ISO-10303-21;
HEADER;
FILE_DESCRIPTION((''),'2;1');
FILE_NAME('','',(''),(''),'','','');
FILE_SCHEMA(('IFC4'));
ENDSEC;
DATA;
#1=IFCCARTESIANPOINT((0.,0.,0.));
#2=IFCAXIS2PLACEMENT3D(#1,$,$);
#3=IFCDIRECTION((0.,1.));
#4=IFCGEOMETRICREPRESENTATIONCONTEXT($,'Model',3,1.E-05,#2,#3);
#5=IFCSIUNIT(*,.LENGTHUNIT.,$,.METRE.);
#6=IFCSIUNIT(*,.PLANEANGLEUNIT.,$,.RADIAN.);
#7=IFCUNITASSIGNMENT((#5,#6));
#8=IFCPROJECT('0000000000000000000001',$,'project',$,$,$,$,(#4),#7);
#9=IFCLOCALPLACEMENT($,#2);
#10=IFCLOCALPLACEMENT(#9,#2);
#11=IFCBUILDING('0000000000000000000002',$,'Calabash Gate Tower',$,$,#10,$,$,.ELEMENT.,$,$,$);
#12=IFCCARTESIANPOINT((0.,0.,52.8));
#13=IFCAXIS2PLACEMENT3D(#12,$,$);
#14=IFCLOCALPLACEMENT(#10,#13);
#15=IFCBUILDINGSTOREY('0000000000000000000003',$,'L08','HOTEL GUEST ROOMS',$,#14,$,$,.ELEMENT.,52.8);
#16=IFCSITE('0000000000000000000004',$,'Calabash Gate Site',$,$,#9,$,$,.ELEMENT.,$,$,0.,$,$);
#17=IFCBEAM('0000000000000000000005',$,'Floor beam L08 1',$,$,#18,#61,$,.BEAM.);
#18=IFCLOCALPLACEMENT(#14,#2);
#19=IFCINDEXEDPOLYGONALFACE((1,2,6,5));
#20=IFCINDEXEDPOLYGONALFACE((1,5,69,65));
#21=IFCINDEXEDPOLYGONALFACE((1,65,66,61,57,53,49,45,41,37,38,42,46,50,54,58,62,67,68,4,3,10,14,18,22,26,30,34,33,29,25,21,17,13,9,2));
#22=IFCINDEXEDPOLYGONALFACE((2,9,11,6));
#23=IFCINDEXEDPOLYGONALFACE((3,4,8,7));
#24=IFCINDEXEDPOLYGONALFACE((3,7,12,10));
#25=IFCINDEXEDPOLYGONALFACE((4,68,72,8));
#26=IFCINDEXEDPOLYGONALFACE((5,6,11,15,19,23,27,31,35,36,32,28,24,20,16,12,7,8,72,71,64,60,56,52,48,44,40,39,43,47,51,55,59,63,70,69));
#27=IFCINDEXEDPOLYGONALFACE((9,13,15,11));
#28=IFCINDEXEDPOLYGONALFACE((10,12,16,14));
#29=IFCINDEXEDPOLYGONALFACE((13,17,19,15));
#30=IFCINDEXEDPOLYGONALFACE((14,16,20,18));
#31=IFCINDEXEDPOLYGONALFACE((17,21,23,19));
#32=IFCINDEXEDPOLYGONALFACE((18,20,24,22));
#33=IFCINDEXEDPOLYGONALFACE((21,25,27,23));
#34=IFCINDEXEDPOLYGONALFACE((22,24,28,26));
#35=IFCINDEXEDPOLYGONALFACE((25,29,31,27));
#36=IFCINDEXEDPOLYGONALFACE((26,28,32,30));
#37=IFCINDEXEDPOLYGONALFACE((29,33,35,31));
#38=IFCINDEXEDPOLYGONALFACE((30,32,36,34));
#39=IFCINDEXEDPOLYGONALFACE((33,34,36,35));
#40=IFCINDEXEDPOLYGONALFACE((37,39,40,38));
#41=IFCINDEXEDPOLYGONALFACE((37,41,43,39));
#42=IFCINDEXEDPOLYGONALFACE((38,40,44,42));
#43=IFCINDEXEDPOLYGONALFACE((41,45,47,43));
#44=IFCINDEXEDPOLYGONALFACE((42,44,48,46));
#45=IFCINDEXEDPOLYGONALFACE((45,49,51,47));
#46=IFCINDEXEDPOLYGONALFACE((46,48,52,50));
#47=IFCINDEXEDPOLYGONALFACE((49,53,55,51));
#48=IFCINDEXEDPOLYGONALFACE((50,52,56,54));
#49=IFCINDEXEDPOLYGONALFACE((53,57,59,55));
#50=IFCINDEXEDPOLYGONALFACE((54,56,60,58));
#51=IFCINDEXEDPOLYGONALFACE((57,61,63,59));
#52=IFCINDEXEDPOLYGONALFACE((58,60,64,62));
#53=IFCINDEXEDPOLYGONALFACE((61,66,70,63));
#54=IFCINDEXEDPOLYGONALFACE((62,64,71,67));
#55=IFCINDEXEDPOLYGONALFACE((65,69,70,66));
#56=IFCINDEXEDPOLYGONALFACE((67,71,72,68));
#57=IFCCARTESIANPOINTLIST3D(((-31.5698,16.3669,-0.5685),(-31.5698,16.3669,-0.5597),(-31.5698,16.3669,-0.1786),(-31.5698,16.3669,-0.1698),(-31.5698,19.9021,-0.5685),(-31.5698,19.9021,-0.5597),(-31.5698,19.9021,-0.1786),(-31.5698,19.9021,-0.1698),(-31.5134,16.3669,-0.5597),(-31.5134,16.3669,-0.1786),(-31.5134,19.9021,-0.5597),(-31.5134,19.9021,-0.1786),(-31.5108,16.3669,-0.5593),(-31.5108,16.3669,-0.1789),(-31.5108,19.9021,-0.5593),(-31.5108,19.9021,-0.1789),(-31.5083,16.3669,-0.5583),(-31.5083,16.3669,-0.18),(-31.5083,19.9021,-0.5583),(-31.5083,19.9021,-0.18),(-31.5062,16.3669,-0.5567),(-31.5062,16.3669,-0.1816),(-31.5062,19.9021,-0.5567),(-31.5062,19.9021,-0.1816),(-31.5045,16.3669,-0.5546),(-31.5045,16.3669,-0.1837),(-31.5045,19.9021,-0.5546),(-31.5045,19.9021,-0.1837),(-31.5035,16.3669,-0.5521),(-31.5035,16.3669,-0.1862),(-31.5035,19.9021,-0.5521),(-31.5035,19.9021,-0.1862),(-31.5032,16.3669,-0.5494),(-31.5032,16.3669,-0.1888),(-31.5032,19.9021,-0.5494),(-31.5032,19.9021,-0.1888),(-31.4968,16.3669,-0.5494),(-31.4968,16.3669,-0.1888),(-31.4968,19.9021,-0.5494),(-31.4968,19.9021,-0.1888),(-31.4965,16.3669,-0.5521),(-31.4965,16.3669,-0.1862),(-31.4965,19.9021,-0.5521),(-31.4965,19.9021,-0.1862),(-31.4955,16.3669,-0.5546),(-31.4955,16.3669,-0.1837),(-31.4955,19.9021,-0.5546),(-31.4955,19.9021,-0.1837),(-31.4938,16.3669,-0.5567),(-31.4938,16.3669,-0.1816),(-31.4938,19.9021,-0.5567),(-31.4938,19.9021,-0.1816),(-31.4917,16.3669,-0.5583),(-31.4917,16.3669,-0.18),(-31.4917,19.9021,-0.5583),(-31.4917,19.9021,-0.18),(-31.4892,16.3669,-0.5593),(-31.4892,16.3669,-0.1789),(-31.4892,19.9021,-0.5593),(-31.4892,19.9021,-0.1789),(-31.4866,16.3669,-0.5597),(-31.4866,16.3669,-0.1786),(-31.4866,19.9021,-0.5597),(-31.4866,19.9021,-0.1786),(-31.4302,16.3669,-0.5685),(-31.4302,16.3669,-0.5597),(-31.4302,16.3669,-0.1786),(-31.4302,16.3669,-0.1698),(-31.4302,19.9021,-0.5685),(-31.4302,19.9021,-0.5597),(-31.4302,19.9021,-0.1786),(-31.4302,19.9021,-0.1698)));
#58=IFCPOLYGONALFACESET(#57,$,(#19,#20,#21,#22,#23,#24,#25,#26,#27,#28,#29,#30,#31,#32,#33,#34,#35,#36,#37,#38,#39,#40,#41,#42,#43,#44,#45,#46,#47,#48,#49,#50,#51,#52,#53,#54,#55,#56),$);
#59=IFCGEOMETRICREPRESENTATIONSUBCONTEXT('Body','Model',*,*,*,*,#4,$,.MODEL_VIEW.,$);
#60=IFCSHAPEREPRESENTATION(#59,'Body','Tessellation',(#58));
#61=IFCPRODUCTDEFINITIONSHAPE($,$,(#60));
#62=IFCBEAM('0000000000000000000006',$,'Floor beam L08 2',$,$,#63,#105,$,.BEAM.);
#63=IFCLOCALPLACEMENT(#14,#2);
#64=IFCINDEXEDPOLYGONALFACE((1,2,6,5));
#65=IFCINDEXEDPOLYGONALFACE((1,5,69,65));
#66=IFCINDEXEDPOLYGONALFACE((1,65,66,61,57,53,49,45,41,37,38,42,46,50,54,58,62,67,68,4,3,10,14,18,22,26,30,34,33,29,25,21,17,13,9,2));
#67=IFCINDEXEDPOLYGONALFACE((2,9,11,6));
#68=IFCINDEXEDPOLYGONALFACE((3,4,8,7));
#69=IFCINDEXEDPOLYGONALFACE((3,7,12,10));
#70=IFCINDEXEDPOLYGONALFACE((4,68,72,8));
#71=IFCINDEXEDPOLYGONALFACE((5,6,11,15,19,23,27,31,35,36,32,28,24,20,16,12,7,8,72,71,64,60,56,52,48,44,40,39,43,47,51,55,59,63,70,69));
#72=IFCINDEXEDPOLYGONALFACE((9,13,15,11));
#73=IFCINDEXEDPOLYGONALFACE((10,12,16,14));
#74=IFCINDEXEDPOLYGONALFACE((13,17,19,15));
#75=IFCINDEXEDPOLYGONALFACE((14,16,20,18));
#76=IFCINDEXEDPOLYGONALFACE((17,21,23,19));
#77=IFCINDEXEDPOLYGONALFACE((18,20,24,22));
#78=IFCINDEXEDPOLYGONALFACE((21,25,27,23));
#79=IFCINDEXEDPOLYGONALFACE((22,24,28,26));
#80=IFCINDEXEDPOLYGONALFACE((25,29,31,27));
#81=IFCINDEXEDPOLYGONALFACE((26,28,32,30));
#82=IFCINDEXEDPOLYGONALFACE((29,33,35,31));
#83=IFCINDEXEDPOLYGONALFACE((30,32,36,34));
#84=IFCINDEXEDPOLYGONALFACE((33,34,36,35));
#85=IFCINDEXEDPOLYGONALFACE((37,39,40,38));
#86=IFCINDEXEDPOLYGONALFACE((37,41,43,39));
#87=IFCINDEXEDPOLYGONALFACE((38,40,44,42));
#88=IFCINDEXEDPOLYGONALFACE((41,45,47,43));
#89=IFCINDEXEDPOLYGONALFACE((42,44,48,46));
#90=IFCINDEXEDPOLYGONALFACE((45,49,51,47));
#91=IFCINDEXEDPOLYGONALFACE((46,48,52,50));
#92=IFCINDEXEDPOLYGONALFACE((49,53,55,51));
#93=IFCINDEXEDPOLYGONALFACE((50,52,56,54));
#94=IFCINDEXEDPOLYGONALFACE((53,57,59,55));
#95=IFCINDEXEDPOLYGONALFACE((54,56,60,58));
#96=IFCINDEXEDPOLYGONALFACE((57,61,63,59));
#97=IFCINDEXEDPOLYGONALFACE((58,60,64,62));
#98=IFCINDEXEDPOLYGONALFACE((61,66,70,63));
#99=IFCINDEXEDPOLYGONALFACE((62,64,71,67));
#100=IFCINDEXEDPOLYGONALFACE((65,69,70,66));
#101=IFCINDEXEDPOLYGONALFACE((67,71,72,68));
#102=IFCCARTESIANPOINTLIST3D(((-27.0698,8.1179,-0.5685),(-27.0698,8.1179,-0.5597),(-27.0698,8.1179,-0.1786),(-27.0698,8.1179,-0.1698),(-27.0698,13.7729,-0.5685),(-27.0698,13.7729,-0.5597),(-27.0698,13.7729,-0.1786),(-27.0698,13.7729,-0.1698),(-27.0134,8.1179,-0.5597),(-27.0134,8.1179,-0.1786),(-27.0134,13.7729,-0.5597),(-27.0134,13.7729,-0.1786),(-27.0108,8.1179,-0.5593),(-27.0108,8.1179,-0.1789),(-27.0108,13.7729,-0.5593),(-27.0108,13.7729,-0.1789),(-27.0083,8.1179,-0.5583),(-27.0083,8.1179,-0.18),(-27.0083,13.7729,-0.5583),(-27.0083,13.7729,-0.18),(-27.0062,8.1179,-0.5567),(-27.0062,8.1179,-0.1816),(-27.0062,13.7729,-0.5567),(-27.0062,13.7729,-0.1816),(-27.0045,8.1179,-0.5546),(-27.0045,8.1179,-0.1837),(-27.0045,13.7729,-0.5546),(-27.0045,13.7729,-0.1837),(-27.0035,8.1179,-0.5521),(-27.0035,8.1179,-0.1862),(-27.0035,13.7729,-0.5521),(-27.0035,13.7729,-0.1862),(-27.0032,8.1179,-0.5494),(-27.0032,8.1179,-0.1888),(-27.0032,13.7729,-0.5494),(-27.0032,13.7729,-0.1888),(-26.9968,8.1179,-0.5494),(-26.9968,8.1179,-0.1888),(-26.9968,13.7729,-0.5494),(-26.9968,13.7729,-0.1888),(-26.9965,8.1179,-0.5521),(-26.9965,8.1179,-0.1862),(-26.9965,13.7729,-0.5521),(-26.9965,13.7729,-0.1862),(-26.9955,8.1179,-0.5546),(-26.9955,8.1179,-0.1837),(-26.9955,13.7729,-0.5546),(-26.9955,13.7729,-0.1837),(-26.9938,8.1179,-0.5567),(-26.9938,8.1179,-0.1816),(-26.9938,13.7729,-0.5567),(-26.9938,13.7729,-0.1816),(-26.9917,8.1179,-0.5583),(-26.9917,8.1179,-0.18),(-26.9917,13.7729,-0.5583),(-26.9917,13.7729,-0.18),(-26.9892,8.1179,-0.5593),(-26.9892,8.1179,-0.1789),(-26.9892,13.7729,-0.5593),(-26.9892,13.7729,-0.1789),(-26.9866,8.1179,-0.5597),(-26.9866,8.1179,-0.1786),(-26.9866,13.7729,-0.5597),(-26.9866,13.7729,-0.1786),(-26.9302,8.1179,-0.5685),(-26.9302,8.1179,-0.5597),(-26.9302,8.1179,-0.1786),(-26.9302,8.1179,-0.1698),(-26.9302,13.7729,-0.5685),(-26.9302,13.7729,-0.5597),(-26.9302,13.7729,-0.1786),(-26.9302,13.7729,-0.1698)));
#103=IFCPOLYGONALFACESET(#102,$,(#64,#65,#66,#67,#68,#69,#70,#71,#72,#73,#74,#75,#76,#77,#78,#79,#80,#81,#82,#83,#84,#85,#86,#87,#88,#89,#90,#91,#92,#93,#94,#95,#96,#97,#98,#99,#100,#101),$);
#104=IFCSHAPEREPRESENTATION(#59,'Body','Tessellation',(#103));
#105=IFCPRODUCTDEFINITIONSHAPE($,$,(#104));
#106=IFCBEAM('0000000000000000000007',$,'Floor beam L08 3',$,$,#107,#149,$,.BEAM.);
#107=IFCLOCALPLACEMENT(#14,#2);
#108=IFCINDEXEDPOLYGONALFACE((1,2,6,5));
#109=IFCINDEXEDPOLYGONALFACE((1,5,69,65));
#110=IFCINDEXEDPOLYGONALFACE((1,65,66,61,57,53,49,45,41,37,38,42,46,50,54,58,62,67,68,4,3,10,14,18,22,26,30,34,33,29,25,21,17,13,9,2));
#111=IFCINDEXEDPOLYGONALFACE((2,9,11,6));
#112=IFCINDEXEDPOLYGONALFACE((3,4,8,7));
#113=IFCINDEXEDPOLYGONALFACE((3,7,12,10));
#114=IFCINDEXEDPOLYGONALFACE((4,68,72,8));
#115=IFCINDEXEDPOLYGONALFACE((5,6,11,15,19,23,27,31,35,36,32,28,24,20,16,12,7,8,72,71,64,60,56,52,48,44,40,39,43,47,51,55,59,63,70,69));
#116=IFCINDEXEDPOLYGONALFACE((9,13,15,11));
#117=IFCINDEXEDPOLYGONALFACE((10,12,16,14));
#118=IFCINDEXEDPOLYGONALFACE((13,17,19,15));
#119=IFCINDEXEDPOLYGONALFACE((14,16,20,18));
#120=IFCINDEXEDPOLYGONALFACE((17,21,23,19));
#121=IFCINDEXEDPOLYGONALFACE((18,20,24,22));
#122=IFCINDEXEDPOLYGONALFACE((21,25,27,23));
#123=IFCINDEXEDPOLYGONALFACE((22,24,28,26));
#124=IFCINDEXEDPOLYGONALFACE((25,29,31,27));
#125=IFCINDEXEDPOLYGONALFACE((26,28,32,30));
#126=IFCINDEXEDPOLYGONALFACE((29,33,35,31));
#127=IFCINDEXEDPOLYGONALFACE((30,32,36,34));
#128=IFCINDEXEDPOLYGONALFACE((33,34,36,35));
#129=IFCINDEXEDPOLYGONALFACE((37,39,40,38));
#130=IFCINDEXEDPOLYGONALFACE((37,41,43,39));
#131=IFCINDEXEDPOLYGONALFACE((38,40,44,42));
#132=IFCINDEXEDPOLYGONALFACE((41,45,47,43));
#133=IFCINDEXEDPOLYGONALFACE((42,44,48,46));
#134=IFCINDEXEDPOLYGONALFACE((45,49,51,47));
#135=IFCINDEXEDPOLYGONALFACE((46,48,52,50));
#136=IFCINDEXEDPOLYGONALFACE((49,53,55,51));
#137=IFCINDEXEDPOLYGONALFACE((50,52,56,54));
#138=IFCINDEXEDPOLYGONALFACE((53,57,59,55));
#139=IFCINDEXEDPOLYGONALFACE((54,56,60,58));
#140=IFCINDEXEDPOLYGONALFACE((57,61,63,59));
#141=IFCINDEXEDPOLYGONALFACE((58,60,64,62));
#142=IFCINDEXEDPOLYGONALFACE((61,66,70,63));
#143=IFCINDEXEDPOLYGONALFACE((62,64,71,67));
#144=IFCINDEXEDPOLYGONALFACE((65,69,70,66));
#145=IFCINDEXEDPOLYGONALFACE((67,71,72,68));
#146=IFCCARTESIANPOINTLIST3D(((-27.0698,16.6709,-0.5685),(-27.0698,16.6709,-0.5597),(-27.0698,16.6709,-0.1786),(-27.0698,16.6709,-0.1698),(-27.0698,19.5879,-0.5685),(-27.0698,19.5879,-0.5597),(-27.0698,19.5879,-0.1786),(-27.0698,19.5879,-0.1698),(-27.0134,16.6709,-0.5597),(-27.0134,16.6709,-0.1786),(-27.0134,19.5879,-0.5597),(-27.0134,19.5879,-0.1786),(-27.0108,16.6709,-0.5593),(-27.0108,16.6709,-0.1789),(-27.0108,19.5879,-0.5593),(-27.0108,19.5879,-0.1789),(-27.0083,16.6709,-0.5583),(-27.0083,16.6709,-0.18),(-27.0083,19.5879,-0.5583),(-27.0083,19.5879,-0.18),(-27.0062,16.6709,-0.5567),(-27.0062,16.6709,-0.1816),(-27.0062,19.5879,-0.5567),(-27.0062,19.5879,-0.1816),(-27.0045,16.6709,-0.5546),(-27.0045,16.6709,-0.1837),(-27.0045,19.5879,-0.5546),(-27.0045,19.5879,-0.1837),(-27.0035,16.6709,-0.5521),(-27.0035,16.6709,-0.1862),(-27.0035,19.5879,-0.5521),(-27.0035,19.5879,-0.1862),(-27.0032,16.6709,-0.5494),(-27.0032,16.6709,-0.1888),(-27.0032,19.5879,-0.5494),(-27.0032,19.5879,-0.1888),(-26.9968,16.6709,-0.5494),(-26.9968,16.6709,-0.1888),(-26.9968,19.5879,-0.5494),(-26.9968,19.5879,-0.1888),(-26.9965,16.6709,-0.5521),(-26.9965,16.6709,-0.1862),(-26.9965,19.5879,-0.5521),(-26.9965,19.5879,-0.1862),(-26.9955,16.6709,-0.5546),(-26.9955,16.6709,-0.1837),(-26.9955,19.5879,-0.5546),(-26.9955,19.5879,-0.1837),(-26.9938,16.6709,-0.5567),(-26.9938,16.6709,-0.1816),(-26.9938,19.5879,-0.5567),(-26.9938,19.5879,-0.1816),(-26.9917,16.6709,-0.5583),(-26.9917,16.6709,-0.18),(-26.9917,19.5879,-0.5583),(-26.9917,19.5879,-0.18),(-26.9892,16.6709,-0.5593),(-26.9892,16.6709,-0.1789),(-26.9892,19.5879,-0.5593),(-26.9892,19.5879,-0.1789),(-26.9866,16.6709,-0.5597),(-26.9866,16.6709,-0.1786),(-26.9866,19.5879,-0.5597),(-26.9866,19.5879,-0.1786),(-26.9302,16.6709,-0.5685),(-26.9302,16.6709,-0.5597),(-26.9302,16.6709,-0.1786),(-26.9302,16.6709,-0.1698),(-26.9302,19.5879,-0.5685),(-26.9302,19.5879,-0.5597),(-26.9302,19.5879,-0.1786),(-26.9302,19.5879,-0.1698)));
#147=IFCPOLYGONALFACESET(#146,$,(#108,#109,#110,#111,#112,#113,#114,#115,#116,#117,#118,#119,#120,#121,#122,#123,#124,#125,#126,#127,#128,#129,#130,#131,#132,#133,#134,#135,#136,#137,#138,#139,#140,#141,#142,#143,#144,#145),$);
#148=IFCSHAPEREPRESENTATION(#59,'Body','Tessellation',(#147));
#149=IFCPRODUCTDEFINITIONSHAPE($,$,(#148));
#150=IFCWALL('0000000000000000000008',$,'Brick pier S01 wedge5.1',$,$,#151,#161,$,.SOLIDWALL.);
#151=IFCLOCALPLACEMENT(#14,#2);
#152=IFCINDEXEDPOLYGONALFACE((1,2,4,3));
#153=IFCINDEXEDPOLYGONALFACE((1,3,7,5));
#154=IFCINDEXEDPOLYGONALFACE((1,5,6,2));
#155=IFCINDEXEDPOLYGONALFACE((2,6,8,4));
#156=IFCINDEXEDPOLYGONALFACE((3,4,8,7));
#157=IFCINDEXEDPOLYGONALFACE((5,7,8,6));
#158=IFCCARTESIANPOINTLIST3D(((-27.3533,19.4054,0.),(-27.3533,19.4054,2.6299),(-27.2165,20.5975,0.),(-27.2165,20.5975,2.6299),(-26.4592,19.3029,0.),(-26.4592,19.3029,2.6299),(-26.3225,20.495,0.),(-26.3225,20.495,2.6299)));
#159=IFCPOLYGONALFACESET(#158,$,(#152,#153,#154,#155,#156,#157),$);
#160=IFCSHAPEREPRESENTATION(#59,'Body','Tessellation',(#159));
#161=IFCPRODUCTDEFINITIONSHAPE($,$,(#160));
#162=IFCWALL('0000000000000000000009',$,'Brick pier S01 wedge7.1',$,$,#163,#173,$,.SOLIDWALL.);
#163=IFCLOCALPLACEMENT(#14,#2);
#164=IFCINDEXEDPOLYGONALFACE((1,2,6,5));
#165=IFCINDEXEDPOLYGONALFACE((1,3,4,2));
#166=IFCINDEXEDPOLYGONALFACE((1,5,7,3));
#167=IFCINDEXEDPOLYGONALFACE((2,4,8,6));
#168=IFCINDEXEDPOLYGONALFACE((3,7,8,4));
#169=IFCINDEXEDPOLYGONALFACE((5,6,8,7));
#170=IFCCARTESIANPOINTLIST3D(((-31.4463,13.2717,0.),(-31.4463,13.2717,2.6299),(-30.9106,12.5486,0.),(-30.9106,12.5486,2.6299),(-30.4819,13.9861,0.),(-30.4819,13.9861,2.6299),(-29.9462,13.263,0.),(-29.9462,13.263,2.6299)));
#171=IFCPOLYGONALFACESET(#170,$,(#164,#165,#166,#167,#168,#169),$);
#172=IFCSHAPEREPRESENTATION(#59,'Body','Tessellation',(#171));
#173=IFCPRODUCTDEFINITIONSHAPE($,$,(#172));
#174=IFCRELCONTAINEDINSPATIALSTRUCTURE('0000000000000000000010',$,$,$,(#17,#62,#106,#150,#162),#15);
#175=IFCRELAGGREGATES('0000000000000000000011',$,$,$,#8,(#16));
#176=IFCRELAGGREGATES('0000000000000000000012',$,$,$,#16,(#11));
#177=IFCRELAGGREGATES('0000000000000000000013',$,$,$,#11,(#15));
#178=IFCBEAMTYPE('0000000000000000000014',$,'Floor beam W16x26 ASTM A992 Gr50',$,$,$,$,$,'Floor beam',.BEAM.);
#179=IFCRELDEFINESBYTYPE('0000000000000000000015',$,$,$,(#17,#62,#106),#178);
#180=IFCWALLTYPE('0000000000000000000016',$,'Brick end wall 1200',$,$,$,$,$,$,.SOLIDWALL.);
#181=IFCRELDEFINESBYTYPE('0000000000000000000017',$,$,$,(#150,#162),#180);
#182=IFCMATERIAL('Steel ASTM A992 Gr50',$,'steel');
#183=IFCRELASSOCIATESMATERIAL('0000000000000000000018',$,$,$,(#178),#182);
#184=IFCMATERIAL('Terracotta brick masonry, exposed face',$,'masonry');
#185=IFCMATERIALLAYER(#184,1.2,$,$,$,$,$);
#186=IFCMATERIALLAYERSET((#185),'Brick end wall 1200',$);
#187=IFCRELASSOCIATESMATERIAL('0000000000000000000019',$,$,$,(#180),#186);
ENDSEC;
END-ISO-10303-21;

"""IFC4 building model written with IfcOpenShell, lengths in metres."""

from ifc_helpers import new_model, si_unit, direction, frame, frame_2d, origin, origin_2d, place, context, subcontext, project, spatial, rectangle, i_section, extrude, material, layer, layer_set, material_profile, profile_set, type_object, element, save


model = new_model("IFC4")

# Units and contexts
model_context = context("Model", 3, precision=1e-05, world=origin(), true_north=direction((0.0, 1.0)))
body_context = subcontext(model_context, "Body", "Model", "MODEL_VIEW")
ifc_project = project(units=[si_unit("LENGTHUNIT", "METRE"), si_unit("PLANEANGLEUNIT", "RADIAN")], contexts=[model_context])

# Site, building, storey
site_placement = place(None, origin())
site = spatial("IfcSite", under=ifc_project, at=site_placement, Name="Calabash Gate Site", CompositionType="ELEMENT", RefElevation=0.0)
building_placement = place(site_placement, origin())
building = spatial("IfcBuilding", under=site, at=building_placement, Name="Calabash Gate Tower", CompositionType="ELEMENT")
storey_placement = place(building_placement, frame((0.0, 0.0, 52.8)))
storey = spatial("IfcBuildingStorey", under=building, at=storey_placement, Name="L08", Description="HOTEL GUEST ROOMS", CompositionType="ELEMENT", Elevation=52.8)

# Beams
ifc_material_1 = material(Name="Steel ASTM A992 Gr50", Category="steel")
ifc_material_profile_1 = material_profile(ifc_material_1, i_section(OverallWidth=0.1396, OverallDepth=0.3987, WebThickness=0.0063, FlangeThickness=0.0088, FilletRadius=0.0103, at=origin_2d()))
ifc_profile_set_1 = profile_set([ifc_material_profile_1], Name="Steel ASTM A992 Gr50")
beam_type_1 = type_object("IfcBeamType", Name="Floor beam W16x26 ASTM A992 Gr50", ElementType="Floor beam", PredefinedType="BEAM", material=ifc_profile_set_1)
beam_1_placement = place(storey_placement, frame((-31.5, 16.3669, -0.3691), z_axis=(0.0, 1.0, 0.0), x_axis=(-1.0, 0.0, 0.0)))
element("IfcBeam", 1, at=beam_1_placement, inside=storey, type_object=beam_type_1, Name="Floor beam L08 1", PredefinedType="BEAM", context=body_context, shape_type="SweptSolid", body=[
    extrude(i_section(OverallWidth=0.1396, OverallDepth=0.3987, WebThickness=0.0063, FlangeThickness=0.0088, FilletRadius=0.0103, at=origin_2d()), origin(), (0.0, 0.0, 1.0), 3.5352),
])
beam_2_placement = place(storey_placement, frame((-27.0, 8.1179, -0.3691), z_axis=(0.0, 1.0, 0.0), x_axis=(-1.0, 0.0, 0.0)))
element("IfcBeam", 2, at=beam_2_placement, inside=storey, type_object=beam_type_1, Name="Floor beam L08 2", PredefinedType="BEAM", context=body_context, shape_type="SweptSolid", body=[
    extrude(i_section(OverallWidth=0.1396, OverallDepth=0.3987, WebThickness=0.0063, FlangeThickness=0.0088, FilletRadius=0.0103, at=origin_2d()), origin(), (0.0, 0.0, 1.0), 5.655),
])
beam_3_placement = place(storey_placement, frame((-27.0, 16.6709, -0.3691), z_axis=(0.0, 1.0, 0.0), x_axis=(-1.0, 0.0, 0.0)))
element("IfcBeam", 3, at=beam_3_placement, inside=storey, type_object=beam_type_1, Name="Floor beam L08 3", PredefinedType="BEAM", context=body_context, shape_type="SweptSolid", body=[
    extrude(i_section(OverallWidth=0.1396, OverallDepth=0.3987, WebThickness=0.0063, FlangeThickness=0.0088, FilletRadius=0.0103, at=origin_2d()), origin(), (0.0, 0.0, 1.0), 2.917),
])

# Walls
ifc_material_2 = material(Name="Terracotta brick masonry, exposed face", Category="masonry")
ifc_layer_1 = layer(ifc_material_2, 1.2)
ifc_layer_set_1 = layer_set([ifc_layer_1], Name="Brick end wall 1200")
wall_type_1 = type_object("IfcWallType", Name="Brick end wall 1200", PredefinedType="SOLIDWALL", material=ifc_layer_set_1)
wall_1_placement = place(storey_placement, frame((-26.9062, 19.354, 0.0), z_axis=(0.0, 0.0, 1.0), x_axis=(0.113937, 0.993488, 0.0)))
element("IfcWall", 4, at=wall_1_placement, inside=storey, type_object=wall_type_1, Name="Brick pier S01 wedge5.1", PredefinedType="SOLIDWALL", context=body_context, shape_type="SweptSolid", body=[
    extrude(rectangle(XDim=1.2, YDim=0.8999, at=frame_2d((0.6001, 0.0))), origin(), (0.0, 0.0, 1.0), 2.6299),
])
wall_2_placement = place(storey_placement, frame((-31.1785, 12.9102, 0.0), z_axis=(0.0, 0.0, 1.0), x_axis=(0.80355, 0.595237, 0.0)))
element("IfcWall", 5, at=wall_2_placement, inside=storey, type_object=wall_type_1, Name="Brick pier S01 wedge7.1", PredefinedType="SOLIDWALL", context=body_context, shape_type="SweptSolid", body=[
    extrude(rectangle(XDim=1.2002, YDim=0.8999, at=frame_2d((0.6001, 0.0))), origin(), (0.0, 0.0, 1.0), 2.6299),
])

save(model, "model.ifc")
